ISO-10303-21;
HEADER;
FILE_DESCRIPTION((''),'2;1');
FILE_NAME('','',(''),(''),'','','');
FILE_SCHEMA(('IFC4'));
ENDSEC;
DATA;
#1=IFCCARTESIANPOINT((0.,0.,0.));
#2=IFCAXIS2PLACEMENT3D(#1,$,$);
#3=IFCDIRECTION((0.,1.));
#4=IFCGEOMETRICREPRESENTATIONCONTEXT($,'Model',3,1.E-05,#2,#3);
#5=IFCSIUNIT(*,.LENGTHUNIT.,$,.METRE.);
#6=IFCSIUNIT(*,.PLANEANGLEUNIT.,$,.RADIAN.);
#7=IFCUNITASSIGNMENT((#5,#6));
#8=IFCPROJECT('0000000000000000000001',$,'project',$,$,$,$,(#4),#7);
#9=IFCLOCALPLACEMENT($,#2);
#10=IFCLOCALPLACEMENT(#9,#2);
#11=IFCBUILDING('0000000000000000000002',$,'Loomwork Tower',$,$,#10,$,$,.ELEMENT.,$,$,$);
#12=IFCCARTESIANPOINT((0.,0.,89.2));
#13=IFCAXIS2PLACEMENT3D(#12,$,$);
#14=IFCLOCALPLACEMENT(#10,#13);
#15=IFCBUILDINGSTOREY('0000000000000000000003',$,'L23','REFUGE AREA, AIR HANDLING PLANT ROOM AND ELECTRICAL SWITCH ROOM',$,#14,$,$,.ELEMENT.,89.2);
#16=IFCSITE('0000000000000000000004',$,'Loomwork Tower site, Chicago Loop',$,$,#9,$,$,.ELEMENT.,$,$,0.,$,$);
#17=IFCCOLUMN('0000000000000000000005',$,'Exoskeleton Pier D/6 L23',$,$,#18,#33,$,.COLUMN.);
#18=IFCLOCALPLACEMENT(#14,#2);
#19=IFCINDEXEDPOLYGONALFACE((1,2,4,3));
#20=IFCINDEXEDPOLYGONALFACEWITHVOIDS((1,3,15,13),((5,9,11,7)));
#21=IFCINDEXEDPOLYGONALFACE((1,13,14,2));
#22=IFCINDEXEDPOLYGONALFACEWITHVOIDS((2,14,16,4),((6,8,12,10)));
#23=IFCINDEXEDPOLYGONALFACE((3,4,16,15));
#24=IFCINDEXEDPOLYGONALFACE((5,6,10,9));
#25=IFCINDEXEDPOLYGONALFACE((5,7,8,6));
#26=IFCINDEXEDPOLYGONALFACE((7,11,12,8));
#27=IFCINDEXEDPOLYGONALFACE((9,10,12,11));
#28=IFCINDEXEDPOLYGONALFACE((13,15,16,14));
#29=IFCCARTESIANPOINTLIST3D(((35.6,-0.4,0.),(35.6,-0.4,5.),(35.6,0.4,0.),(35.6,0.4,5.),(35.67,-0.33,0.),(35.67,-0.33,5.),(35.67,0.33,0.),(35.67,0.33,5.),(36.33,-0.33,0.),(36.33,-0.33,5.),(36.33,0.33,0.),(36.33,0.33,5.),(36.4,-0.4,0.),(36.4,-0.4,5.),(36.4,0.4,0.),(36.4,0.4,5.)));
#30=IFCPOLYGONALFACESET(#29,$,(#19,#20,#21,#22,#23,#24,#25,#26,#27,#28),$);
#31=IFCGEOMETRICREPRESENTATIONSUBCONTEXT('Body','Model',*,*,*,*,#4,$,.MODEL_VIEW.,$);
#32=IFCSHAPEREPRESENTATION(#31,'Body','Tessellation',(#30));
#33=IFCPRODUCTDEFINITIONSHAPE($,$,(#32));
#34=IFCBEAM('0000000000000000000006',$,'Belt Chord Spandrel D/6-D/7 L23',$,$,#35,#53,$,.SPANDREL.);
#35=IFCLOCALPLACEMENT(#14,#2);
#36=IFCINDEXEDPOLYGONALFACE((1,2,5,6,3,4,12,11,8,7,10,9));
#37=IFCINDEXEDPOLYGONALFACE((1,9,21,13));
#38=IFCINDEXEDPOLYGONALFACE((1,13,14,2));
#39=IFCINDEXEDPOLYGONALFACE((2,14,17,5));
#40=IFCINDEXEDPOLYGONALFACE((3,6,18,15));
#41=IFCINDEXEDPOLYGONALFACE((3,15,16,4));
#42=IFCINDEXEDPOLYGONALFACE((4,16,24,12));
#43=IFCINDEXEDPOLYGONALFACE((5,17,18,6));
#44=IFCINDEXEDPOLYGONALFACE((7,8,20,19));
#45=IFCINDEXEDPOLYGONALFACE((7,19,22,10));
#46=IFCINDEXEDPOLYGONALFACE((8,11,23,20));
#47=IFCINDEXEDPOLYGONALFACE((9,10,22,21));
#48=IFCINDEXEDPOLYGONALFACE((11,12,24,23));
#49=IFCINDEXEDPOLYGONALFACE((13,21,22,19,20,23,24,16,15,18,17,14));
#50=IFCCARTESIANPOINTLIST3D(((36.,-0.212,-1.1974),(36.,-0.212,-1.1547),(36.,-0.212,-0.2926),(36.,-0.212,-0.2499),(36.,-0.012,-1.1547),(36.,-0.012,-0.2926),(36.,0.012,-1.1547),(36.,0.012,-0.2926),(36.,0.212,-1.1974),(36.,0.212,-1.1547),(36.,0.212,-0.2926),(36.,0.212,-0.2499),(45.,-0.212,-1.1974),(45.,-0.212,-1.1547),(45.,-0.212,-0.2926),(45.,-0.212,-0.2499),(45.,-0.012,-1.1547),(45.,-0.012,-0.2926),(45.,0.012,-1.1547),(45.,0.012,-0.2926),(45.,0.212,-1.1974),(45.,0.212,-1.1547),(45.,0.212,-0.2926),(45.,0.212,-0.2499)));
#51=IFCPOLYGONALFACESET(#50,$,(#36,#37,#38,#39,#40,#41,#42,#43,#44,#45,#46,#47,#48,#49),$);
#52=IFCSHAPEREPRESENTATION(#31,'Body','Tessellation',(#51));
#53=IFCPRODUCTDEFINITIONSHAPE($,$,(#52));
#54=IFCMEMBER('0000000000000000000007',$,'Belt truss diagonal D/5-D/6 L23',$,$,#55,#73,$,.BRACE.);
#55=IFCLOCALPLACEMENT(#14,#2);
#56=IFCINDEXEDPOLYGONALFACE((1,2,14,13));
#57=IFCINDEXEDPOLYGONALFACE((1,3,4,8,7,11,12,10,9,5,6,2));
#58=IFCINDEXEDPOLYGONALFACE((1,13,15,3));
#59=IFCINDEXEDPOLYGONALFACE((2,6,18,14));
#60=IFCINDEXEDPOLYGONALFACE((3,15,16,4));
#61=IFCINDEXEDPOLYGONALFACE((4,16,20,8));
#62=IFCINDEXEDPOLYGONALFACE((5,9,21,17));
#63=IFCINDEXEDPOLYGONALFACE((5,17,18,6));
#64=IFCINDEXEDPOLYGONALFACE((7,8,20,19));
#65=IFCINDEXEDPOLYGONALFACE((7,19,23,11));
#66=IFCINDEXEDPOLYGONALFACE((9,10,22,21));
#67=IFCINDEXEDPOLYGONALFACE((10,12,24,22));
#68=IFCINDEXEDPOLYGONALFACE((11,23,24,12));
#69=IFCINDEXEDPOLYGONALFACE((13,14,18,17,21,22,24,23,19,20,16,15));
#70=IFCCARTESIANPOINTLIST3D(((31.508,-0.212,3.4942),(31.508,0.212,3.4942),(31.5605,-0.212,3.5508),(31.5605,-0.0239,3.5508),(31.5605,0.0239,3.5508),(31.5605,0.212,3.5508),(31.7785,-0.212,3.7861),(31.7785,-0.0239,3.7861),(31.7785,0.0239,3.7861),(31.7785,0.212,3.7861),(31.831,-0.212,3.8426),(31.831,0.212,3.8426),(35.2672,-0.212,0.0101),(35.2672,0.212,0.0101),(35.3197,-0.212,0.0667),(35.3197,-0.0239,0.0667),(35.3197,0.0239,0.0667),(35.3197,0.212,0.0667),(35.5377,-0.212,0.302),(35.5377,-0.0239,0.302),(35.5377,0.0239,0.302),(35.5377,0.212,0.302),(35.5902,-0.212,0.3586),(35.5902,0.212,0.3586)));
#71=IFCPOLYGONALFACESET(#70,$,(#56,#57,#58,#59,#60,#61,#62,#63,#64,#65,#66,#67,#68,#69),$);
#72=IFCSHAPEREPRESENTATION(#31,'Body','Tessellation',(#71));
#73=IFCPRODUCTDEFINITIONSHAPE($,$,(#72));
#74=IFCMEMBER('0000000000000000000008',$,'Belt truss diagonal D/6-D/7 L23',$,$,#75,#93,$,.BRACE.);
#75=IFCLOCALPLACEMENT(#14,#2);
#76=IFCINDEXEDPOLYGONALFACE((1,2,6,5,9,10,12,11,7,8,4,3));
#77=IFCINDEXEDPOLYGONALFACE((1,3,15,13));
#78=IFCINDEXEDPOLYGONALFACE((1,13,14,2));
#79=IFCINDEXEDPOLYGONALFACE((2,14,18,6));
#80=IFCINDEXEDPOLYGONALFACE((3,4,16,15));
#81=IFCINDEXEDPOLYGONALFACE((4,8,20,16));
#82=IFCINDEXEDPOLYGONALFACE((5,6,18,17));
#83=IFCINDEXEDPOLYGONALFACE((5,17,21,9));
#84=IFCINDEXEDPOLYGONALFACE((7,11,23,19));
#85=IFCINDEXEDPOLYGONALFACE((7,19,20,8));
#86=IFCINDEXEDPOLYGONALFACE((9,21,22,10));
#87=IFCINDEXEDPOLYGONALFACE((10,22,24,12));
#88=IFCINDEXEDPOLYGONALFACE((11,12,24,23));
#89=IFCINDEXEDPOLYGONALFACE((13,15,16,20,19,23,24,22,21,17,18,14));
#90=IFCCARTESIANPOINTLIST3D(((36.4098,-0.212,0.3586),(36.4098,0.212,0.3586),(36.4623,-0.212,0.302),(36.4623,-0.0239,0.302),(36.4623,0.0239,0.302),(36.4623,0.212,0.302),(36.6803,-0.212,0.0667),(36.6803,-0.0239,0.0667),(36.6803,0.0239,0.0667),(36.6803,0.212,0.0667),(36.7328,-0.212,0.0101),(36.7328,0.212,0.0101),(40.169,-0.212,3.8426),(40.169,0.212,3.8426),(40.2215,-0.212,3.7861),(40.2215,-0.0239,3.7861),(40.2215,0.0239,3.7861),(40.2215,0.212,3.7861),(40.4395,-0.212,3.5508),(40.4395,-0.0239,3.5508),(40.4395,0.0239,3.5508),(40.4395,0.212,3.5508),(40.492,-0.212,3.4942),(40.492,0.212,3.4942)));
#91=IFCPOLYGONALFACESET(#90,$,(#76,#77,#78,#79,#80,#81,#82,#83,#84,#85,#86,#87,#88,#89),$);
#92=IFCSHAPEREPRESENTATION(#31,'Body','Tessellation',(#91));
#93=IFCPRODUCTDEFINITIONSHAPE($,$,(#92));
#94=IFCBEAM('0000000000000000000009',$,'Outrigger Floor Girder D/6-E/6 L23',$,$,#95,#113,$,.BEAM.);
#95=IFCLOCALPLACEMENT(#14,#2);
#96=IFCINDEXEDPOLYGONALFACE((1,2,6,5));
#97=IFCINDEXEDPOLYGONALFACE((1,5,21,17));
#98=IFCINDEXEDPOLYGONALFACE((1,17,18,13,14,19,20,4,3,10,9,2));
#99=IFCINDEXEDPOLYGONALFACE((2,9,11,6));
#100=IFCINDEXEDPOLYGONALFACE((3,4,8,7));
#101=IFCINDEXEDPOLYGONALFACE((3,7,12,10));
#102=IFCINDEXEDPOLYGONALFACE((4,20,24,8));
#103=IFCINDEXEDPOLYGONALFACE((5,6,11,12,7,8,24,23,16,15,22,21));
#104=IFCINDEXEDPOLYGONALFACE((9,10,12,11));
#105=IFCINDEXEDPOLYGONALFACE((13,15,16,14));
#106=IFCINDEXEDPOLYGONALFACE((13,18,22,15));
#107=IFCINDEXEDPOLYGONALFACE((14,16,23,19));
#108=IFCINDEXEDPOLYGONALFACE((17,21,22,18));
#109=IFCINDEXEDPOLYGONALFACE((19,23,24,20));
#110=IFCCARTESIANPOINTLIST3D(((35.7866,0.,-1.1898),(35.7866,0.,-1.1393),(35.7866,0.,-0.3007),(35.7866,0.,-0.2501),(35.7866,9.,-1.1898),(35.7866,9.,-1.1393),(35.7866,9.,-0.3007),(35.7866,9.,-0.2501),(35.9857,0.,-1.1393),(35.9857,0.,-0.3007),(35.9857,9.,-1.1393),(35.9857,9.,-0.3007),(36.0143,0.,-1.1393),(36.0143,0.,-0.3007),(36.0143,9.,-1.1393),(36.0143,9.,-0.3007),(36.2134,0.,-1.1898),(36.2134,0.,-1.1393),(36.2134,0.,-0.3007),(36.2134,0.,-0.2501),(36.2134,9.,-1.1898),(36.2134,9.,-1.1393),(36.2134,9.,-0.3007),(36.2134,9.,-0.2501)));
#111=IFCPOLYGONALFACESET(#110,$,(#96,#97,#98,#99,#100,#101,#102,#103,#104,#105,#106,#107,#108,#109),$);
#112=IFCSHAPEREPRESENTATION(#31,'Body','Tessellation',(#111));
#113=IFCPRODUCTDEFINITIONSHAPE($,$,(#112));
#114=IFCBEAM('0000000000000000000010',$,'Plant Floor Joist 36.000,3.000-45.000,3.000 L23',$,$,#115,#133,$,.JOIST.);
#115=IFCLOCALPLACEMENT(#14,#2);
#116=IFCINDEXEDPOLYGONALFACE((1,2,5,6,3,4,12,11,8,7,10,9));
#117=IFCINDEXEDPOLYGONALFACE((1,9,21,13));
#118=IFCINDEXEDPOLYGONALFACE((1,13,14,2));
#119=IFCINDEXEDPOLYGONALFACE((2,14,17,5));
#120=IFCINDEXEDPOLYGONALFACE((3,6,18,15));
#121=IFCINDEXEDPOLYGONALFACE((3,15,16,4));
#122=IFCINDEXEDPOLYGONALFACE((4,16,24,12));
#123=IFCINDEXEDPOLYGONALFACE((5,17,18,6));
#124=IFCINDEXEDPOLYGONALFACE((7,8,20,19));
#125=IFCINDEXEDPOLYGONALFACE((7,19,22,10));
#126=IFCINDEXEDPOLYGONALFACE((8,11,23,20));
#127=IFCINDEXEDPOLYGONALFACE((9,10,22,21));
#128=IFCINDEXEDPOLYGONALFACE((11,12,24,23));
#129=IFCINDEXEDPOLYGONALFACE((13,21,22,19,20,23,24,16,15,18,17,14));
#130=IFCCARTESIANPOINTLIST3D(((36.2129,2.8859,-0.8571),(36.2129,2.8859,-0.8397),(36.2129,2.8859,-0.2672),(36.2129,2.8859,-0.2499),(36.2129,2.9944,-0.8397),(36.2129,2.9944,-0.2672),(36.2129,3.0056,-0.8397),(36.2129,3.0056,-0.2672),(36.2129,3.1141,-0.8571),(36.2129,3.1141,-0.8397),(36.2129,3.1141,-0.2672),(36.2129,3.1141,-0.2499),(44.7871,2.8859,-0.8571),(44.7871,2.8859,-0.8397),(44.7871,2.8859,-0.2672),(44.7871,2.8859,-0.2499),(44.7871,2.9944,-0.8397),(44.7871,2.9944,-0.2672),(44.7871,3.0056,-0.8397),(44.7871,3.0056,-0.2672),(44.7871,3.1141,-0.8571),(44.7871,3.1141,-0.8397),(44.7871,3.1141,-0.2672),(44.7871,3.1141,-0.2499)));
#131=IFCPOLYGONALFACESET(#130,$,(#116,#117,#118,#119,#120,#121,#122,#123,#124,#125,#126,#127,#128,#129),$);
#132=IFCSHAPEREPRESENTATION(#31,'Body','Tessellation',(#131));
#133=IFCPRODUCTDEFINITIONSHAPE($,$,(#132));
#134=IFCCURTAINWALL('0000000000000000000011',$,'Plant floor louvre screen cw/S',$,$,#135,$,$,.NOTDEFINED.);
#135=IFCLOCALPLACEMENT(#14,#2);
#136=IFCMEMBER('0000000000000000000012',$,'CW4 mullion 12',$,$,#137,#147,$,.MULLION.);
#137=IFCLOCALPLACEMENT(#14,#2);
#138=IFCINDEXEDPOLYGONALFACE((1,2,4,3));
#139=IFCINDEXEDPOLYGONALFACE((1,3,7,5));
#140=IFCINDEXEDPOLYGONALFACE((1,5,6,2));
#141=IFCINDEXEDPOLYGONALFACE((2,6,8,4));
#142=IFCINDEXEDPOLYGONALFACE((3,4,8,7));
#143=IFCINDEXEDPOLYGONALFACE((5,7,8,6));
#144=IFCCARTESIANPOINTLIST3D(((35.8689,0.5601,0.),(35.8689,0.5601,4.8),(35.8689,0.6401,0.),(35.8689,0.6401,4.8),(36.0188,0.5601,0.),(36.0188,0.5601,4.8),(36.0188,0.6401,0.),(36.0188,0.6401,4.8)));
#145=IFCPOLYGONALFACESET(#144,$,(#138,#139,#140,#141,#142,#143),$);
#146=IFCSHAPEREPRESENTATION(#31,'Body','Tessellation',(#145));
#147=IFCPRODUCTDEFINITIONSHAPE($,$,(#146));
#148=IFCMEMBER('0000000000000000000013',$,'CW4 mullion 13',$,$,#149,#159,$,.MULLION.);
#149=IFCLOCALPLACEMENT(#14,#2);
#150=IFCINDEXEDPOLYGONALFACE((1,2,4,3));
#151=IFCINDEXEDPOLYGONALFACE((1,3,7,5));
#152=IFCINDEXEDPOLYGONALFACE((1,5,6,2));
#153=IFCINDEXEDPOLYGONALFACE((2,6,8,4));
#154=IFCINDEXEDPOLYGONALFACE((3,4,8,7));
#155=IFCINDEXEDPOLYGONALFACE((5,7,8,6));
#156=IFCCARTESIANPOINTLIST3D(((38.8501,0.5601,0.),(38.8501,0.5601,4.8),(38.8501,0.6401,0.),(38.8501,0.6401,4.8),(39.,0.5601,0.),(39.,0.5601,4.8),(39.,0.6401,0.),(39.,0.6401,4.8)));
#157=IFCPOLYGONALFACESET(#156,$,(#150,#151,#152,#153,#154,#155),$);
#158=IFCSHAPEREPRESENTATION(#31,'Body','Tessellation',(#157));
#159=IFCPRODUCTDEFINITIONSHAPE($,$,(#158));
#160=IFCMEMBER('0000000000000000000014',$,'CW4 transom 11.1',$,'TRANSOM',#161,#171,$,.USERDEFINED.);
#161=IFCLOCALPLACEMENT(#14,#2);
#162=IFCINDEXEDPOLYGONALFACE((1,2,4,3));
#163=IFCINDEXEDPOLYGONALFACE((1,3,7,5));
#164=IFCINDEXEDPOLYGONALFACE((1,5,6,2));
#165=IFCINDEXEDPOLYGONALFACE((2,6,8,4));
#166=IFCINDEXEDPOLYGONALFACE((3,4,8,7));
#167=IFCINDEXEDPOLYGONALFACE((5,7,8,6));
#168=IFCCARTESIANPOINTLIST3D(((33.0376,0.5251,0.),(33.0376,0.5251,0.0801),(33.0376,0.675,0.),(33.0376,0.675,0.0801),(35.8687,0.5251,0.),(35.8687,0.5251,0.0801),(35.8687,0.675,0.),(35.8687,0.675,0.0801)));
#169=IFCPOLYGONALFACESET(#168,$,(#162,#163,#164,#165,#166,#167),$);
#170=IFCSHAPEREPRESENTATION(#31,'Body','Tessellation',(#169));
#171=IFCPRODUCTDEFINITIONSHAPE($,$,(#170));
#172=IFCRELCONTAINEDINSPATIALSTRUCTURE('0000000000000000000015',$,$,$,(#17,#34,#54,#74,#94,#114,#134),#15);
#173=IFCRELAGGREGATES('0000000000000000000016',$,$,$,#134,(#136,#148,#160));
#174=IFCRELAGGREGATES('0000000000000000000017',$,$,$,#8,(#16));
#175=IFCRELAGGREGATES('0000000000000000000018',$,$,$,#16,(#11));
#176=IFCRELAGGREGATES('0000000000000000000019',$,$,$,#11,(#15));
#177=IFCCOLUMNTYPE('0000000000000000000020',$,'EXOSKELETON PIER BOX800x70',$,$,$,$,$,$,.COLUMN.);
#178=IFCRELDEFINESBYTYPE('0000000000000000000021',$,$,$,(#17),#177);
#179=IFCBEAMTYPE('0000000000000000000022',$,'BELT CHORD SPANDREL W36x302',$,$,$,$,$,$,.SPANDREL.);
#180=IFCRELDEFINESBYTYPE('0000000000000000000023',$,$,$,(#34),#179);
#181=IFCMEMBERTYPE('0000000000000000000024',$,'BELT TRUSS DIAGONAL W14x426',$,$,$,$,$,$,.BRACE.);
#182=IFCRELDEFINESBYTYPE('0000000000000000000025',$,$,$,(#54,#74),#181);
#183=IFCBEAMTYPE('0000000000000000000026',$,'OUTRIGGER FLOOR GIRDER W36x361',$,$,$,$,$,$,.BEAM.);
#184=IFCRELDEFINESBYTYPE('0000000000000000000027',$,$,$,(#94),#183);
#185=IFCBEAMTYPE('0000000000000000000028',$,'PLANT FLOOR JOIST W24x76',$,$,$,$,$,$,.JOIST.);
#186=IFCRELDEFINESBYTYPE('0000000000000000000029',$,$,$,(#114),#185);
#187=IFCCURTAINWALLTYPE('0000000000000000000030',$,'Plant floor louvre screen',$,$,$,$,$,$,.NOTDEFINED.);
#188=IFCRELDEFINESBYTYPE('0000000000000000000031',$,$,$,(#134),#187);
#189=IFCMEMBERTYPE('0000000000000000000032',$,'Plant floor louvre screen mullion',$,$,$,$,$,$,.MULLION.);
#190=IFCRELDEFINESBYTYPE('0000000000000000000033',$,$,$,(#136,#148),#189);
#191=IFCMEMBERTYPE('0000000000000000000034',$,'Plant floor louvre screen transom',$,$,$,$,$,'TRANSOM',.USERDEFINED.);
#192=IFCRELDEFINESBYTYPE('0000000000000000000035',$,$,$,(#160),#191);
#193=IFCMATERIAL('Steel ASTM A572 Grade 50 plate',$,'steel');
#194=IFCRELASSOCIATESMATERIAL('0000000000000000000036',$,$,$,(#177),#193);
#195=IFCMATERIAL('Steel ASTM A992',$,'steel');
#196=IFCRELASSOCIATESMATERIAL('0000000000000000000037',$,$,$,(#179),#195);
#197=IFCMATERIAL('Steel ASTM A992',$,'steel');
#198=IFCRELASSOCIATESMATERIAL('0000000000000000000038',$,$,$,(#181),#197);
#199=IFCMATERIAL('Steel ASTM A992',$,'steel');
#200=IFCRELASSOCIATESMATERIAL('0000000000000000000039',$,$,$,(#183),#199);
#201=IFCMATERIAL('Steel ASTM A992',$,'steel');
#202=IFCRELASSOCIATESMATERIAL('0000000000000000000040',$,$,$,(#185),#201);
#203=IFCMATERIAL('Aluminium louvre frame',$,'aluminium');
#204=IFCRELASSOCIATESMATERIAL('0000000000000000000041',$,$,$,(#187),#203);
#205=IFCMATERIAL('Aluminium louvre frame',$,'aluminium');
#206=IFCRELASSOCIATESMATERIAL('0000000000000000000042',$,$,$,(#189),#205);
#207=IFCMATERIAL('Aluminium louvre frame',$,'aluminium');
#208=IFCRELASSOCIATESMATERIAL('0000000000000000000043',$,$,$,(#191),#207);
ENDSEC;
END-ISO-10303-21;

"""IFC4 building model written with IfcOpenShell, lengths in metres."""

from ifc_helpers import new_model, si_unit, direction, frame, origin, origin_2d, place, context, subcontext, project, spatial, rectangle, hollow_rectangle, i_section, extrude, material, material_profile, profile_set, type_object, element, aggregate, save


model = new_model("IFC4")

# Units and contexts
model_context = context("Model", 3, precision=1e-05, world=origin(), true_north=direction((0.0, 1.0)))
body_context = subcontext(model_context, "Body", "Model", "MODEL_VIEW")
ifc_project = project(units=[si_unit("LENGTHUNIT", "METRE"), si_unit("PLANEANGLEUNIT", "RADIAN")], contexts=[model_context])

# Site, building, storey
site_placement = place(None, origin())
site = spatial("IfcSite", under=ifc_project, at=site_placement, Name="Loomwork Tower site, Chicago Loop", CompositionType="ELEMENT", RefElevation=0.0)
building_placement = place(site_placement, origin())
building = spatial("IfcBuilding", under=site, at=building_placement, Name="Loomwork Tower", CompositionType="ELEMENT")
storey_placement = place(building_placement, frame((0.0, 0.0, 89.2)))
storey = spatial("IfcBuildingStorey", under=building, at=storey_placement, Name="L23", Description="REFUGE AREA, AIR HANDLING PLANT ROOM AND ELECTRICAL SWITCH ROOM", CompositionType="ELEMENT", Elevation=89.2)

# Column
ifc_material_1 = material(Name="Steel ASTM A572 Grade 50 plate", Category="steel")
ifc_material_profile_1 = material_profile(ifc_material_1, hollow_rectangle(XDim=0.8, YDim=0.8, WallThickness=0.0701, at=origin_2d()), Name="BOX800x70")
ifc_profile_set_1 = profile_set([ifc_material_profile_1], Name="Steel ASTM A572 Grade 50 plate")
column_type = type_object("IfcColumnType", Name="EXOSKELETON PIER BOX800x70", PredefinedType="COLUMN", material=ifc_profile_set_1)
column_placement = place(storey_placement, frame((36.0, 0.0, 0.0), z_axis=(0.0, 0.0, 1.0), x_axis=(1.0, 0.0, 0.0)))
element("IfcColumn", 1, at=column_placement, inside=storey, type_object=column_type, Name="Exoskeleton Pier D/6 L23", PredefinedType="COLUMN", context=body_context, shape_type="SweptSolid", body=[
    extrude(hollow_rectangle(XDim=0.8, YDim=0.8, WallThickness=0.0701, at=origin_2d()), origin(), (0.0, 0.0, 1.0), 5.0),
])

# Beam
ifc_material_2 = material(Name="Steel ASTM A992", Category="steel")
ifc_material_profile_2 = material_profile(ifc_material_2, i_section(OverallWidth=0.4241, OverallDepth=0.9475, WebThickness=0.0239, FlangeThickness=0.0427, at=origin_2d()), Name="W36x302")
ifc_profile_set_2 = profile_set([ifc_material_profile_2], Name="Steel ASTM A992")
beam_type_1 = type_object("IfcBeamType", Name="BELT CHORD SPANDREL W36x302", PredefinedType="SPANDREL", material=ifc_profile_set_2)
beam_1_placement = place(storey_placement, frame((36.0, 0.0, -0.7236), z_axis=(1.0, 0.0, 0.0), x_axis=(0.0, 1.0, 0.0)))
element("IfcBeam", 2, at=beam_1_placement, inside=storey, type_object=beam_type_1, Name="Belt Chord Spandrel D/6-D/7 L23", PredefinedType="SPANDREL", context=body_context, shape_type="SweptSolid", body=[
    extrude(i_section(OverallWidth=0.4241, OverallDepth=0.9475, WebThickness=0.0239, FlangeThickness=0.0427, at=origin_2d()), origin(), (0.0, 0.0, 1.0), 9.0),
])

# Members
ifc_material_3 = material(Name="Steel ASTM A992", Category="steel")
ifc_material_profile_3 = material_profile(ifc_material_3, i_section(OverallWidth=0.4241, OverallDepth=0.4751, WebThickness=0.0479, FlangeThickness=0.0771, at=origin_2d()), Name="W14x426")
ifc_profile_set_3 = profile_set([ifc_material_profile_3], Name="Steel ASTM A992")
member_type_1 = type_object("IfcMemberType", Name="BELT TRUSS DIAGONAL W14x426", PredefinedType="BRACE", material=ifc_profile_set_3)
for number, where, z_axis, x_axis, name in (
    (3, (35.4287, 0.0, 0.1843), (-0.733438, 0.0, 0.679757), (0.0, -1.0, 0.0), "Belt truss diagonal D/5-D/6 L23"),
    (4, (36.5713, 0.0, 0.1843), (0.733438, 0.0, 0.679757), (0.0, 1.0, 0.0), "Belt truss diagonal D/6-D/7 L23"),
):
    element("IfcMember", number, at=place(storey_placement, frame(where, z_axis=z_axis, x_axis=x_axis)), inside=storey, type_object=member_type_1, Name=name, PredefinedType="BRACE", context=body_context, shape_type="SweptSolid", body=[
        extrude(i_section(OverallWidth=0.4241, OverallDepth=0.4751, WebThickness=0.0479, FlangeThickness=0.0771, at=origin_2d()), origin(), (0.0, 0.0, 1.0), 5.1255),
    ])

# Beams
ifc_material_4 = material(Name="Steel ASTM A992", Category="steel")
ifc_material_profile_4 = material_profile(ifc_material_4, i_section(OverallWidth=0.4268, OverallDepth=0.9397, WebThickness=0.0286, FlangeThickness=0.0505, at=origin_2d()), Name="W36x361")
ifc_profile_set_4 = profile_set([ifc_material_profile_4], Name="Steel ASTM A992")
beam_type_2 = type_object("IfcBeamType", Name="OUTRIGGER FLOOR GIRDER W36x361", PredefinedType="BEAM", material=ifc_profile_set_4)
beam_2_placement = place(storey_placement, frame((36.0, 0.0, -0.72), z_axis=(0.0, 1.0, 0.0), x_axis=(-1.0, 0.0, 0.0)))
element("IfcBeam", 5, at=beam_2_placement, inside=storey, type_object=beam_type_2, Name="Outrigger Floor Girder D/6-E/6 L23", PredefinedType="BEAM", context=body_context, shape_type="SweptSolid", body=[
    extrude(i_section(OverallWidth=0.4268, OverallDepth=0.9397, WebThickness=0.0286, FlangeThickness=0.0505, at=origin_2d()), origin(), (0.0, 0.0, 1.0), 9.0),
])
ifc_material_5 = material(Name="Steel ASTM A992", Category="steel")
ifc_material_profile_5 = material_profile(ifc_material_5, i_section(OverallWidth=0.2283, OverallDepth=0.6072, WebThickness=0.0112, FlangeThickness=0.0173, at=origin_2d()), Name="W24x76")
ifc_profile_set_5 = profile_set([ifc_material_profile_5], Name="Steel ASTM A992")
beam_type_3 = type_object("IfcBeamType", Name="PLANT FLOOR JOIST W24x76", PredefinedType="JOIST", material=ifc_profile_set_5)
beam_3_placement = place(storey_placement, frame((36.2129, 3.0, -0.5535), z_axis=(1.0, 0.0, 0.0), x_axis=(0.0, 1.0, 0.0)))
element("IfcBeam", 6, at=beam_3_placement, inside=storey, type_object=beam_type_3, Name="Plant Floor Joist 36.000,3.000-45.000,3.000 L23", PredefinedType="JOIST", context=body_context, shape_type="SweptSolid", body=[
    extrude(i_section(OverallWidth=0.2283, OverallDepth=0.6072, WebThickness=0.0112, FlangeThickness=0.0173, at=origin_2d()), origin(), (0.0, 0.0, 1.0), 8.5742),
])

# Curtain wall, members
ifc_material_6 = material(Name="Aluminium louvre frame", Category="aluminium")
curtain_wall_type = type_object("IfcCurtainWallType", Name="Plant floor louvre screen", PredefinedType="NOTDEFINED", material=ifc_material_6)
curtain_wall_placement = place(storey_placement, origin())
curtain_wall = element("IfcCurtainWall", 7, at=curtain_wall_placement, inside=storey, type_object=curtain_wall_type, Name="Plant floor louvre screen cw/S", PredefinedType="NOTDEFINED")
ifc_material_7 = material(Name="Aluminium louvre frame", Category="aluminium")
ifc_material_profile_6 = material_profile(ifc_material_7, rectangle(XDim=0.0801, YDim=0.1499, at=origin_2d()), Name="AL 80x150")
ifc_profile_set_6 = profile_set([ifc_material_profile_6], Name="Aluminium louvre frame")
member_type_2 = type_object("IfcMemberType", Name="Plant floor louvre screen mullion", PredefinedType="MULLION", material=ifc_profile_set_6)
member_1_placement = place(storey_placement, frame((35.9438, 0.6001, 0.0), z_axis=(0.0, 0.0, 1.0), x_axis=(0.0, 1.0, 0.0)))
member_1 = element("IfcMember", 8, at=member_1_placement, type_object=member_type_2, Name="CW4 mullion 12", PredefinedType="MULLION", context=body_context, shape_type="SweptSolid", body=[
    extrude(rectangle(XDim=0.0801, YDim=0.1499, at=origin_2d()), origin(), (0.0, 0.0, 1.0), 4.8),
])
member_2_placement = place(storey_placement, frame((38.925, 0.6001, 0.0), z_axis=(0.0, 0.0, 1.0), x_axis=(0.0, 1.0, 0.0)))
member_2 = element("IfcMember", 9, at=member_2_placement, type_object=member_type_2, Name="CW4 mullion 13", PredefinedType="MULLION", context=body_context, shape_type="SweptSolid", body=[
    extrude(rectangle(XDim=0.0801, YDim=0.1499, at=origin_2d()), origin(), (0.0, 0.0, 1.0), 4.8),
])
ifc_material_8 = material(Name="Aluminium louvre frame", Category="aluminium")
ifc_material_profile_7 = material_profile(ifc_material_8, rectangle(XDim=0.1499, YDim=0.0801, at=origin_2d()), Name="AL 80x150")
ifc_profile_set_7 = profile_set([ifc_material_profile_7], Name="Aluminium louvre frame")
member_type_3 = type_object("IfcMemberType", Name="Plant floor louvre screen transom", ElementType="TRANSOM", PredefinedType="USERDEFINED", material=ifc_profile_set_7)
member_3_placement = place(storey_placement, frame((33.0376, 0.6001, 0.04), z_axis=(1.0, 0.0, 0.0), x_axis=(0.0, 1.0, 0.0)))
member_3 = element("IfcMember", 10, at=member_3_placement, type_object=member_type_3, Name="CW4 transom 11.1", ObjectType="TRANSOM", PredefinedType="USERDEFINED", context=body_context, shape_type="SweptSolid", body=[
    extrude(rectangle(XDim=0.1499, YDim=0.0801, at=origin_2d()), origin(), (0.0, 0.0, 1.0), 2.8311),
])
aggregate(curtain_wall, [member_1, member_2, member_3])

save(model, "model.ifc")
